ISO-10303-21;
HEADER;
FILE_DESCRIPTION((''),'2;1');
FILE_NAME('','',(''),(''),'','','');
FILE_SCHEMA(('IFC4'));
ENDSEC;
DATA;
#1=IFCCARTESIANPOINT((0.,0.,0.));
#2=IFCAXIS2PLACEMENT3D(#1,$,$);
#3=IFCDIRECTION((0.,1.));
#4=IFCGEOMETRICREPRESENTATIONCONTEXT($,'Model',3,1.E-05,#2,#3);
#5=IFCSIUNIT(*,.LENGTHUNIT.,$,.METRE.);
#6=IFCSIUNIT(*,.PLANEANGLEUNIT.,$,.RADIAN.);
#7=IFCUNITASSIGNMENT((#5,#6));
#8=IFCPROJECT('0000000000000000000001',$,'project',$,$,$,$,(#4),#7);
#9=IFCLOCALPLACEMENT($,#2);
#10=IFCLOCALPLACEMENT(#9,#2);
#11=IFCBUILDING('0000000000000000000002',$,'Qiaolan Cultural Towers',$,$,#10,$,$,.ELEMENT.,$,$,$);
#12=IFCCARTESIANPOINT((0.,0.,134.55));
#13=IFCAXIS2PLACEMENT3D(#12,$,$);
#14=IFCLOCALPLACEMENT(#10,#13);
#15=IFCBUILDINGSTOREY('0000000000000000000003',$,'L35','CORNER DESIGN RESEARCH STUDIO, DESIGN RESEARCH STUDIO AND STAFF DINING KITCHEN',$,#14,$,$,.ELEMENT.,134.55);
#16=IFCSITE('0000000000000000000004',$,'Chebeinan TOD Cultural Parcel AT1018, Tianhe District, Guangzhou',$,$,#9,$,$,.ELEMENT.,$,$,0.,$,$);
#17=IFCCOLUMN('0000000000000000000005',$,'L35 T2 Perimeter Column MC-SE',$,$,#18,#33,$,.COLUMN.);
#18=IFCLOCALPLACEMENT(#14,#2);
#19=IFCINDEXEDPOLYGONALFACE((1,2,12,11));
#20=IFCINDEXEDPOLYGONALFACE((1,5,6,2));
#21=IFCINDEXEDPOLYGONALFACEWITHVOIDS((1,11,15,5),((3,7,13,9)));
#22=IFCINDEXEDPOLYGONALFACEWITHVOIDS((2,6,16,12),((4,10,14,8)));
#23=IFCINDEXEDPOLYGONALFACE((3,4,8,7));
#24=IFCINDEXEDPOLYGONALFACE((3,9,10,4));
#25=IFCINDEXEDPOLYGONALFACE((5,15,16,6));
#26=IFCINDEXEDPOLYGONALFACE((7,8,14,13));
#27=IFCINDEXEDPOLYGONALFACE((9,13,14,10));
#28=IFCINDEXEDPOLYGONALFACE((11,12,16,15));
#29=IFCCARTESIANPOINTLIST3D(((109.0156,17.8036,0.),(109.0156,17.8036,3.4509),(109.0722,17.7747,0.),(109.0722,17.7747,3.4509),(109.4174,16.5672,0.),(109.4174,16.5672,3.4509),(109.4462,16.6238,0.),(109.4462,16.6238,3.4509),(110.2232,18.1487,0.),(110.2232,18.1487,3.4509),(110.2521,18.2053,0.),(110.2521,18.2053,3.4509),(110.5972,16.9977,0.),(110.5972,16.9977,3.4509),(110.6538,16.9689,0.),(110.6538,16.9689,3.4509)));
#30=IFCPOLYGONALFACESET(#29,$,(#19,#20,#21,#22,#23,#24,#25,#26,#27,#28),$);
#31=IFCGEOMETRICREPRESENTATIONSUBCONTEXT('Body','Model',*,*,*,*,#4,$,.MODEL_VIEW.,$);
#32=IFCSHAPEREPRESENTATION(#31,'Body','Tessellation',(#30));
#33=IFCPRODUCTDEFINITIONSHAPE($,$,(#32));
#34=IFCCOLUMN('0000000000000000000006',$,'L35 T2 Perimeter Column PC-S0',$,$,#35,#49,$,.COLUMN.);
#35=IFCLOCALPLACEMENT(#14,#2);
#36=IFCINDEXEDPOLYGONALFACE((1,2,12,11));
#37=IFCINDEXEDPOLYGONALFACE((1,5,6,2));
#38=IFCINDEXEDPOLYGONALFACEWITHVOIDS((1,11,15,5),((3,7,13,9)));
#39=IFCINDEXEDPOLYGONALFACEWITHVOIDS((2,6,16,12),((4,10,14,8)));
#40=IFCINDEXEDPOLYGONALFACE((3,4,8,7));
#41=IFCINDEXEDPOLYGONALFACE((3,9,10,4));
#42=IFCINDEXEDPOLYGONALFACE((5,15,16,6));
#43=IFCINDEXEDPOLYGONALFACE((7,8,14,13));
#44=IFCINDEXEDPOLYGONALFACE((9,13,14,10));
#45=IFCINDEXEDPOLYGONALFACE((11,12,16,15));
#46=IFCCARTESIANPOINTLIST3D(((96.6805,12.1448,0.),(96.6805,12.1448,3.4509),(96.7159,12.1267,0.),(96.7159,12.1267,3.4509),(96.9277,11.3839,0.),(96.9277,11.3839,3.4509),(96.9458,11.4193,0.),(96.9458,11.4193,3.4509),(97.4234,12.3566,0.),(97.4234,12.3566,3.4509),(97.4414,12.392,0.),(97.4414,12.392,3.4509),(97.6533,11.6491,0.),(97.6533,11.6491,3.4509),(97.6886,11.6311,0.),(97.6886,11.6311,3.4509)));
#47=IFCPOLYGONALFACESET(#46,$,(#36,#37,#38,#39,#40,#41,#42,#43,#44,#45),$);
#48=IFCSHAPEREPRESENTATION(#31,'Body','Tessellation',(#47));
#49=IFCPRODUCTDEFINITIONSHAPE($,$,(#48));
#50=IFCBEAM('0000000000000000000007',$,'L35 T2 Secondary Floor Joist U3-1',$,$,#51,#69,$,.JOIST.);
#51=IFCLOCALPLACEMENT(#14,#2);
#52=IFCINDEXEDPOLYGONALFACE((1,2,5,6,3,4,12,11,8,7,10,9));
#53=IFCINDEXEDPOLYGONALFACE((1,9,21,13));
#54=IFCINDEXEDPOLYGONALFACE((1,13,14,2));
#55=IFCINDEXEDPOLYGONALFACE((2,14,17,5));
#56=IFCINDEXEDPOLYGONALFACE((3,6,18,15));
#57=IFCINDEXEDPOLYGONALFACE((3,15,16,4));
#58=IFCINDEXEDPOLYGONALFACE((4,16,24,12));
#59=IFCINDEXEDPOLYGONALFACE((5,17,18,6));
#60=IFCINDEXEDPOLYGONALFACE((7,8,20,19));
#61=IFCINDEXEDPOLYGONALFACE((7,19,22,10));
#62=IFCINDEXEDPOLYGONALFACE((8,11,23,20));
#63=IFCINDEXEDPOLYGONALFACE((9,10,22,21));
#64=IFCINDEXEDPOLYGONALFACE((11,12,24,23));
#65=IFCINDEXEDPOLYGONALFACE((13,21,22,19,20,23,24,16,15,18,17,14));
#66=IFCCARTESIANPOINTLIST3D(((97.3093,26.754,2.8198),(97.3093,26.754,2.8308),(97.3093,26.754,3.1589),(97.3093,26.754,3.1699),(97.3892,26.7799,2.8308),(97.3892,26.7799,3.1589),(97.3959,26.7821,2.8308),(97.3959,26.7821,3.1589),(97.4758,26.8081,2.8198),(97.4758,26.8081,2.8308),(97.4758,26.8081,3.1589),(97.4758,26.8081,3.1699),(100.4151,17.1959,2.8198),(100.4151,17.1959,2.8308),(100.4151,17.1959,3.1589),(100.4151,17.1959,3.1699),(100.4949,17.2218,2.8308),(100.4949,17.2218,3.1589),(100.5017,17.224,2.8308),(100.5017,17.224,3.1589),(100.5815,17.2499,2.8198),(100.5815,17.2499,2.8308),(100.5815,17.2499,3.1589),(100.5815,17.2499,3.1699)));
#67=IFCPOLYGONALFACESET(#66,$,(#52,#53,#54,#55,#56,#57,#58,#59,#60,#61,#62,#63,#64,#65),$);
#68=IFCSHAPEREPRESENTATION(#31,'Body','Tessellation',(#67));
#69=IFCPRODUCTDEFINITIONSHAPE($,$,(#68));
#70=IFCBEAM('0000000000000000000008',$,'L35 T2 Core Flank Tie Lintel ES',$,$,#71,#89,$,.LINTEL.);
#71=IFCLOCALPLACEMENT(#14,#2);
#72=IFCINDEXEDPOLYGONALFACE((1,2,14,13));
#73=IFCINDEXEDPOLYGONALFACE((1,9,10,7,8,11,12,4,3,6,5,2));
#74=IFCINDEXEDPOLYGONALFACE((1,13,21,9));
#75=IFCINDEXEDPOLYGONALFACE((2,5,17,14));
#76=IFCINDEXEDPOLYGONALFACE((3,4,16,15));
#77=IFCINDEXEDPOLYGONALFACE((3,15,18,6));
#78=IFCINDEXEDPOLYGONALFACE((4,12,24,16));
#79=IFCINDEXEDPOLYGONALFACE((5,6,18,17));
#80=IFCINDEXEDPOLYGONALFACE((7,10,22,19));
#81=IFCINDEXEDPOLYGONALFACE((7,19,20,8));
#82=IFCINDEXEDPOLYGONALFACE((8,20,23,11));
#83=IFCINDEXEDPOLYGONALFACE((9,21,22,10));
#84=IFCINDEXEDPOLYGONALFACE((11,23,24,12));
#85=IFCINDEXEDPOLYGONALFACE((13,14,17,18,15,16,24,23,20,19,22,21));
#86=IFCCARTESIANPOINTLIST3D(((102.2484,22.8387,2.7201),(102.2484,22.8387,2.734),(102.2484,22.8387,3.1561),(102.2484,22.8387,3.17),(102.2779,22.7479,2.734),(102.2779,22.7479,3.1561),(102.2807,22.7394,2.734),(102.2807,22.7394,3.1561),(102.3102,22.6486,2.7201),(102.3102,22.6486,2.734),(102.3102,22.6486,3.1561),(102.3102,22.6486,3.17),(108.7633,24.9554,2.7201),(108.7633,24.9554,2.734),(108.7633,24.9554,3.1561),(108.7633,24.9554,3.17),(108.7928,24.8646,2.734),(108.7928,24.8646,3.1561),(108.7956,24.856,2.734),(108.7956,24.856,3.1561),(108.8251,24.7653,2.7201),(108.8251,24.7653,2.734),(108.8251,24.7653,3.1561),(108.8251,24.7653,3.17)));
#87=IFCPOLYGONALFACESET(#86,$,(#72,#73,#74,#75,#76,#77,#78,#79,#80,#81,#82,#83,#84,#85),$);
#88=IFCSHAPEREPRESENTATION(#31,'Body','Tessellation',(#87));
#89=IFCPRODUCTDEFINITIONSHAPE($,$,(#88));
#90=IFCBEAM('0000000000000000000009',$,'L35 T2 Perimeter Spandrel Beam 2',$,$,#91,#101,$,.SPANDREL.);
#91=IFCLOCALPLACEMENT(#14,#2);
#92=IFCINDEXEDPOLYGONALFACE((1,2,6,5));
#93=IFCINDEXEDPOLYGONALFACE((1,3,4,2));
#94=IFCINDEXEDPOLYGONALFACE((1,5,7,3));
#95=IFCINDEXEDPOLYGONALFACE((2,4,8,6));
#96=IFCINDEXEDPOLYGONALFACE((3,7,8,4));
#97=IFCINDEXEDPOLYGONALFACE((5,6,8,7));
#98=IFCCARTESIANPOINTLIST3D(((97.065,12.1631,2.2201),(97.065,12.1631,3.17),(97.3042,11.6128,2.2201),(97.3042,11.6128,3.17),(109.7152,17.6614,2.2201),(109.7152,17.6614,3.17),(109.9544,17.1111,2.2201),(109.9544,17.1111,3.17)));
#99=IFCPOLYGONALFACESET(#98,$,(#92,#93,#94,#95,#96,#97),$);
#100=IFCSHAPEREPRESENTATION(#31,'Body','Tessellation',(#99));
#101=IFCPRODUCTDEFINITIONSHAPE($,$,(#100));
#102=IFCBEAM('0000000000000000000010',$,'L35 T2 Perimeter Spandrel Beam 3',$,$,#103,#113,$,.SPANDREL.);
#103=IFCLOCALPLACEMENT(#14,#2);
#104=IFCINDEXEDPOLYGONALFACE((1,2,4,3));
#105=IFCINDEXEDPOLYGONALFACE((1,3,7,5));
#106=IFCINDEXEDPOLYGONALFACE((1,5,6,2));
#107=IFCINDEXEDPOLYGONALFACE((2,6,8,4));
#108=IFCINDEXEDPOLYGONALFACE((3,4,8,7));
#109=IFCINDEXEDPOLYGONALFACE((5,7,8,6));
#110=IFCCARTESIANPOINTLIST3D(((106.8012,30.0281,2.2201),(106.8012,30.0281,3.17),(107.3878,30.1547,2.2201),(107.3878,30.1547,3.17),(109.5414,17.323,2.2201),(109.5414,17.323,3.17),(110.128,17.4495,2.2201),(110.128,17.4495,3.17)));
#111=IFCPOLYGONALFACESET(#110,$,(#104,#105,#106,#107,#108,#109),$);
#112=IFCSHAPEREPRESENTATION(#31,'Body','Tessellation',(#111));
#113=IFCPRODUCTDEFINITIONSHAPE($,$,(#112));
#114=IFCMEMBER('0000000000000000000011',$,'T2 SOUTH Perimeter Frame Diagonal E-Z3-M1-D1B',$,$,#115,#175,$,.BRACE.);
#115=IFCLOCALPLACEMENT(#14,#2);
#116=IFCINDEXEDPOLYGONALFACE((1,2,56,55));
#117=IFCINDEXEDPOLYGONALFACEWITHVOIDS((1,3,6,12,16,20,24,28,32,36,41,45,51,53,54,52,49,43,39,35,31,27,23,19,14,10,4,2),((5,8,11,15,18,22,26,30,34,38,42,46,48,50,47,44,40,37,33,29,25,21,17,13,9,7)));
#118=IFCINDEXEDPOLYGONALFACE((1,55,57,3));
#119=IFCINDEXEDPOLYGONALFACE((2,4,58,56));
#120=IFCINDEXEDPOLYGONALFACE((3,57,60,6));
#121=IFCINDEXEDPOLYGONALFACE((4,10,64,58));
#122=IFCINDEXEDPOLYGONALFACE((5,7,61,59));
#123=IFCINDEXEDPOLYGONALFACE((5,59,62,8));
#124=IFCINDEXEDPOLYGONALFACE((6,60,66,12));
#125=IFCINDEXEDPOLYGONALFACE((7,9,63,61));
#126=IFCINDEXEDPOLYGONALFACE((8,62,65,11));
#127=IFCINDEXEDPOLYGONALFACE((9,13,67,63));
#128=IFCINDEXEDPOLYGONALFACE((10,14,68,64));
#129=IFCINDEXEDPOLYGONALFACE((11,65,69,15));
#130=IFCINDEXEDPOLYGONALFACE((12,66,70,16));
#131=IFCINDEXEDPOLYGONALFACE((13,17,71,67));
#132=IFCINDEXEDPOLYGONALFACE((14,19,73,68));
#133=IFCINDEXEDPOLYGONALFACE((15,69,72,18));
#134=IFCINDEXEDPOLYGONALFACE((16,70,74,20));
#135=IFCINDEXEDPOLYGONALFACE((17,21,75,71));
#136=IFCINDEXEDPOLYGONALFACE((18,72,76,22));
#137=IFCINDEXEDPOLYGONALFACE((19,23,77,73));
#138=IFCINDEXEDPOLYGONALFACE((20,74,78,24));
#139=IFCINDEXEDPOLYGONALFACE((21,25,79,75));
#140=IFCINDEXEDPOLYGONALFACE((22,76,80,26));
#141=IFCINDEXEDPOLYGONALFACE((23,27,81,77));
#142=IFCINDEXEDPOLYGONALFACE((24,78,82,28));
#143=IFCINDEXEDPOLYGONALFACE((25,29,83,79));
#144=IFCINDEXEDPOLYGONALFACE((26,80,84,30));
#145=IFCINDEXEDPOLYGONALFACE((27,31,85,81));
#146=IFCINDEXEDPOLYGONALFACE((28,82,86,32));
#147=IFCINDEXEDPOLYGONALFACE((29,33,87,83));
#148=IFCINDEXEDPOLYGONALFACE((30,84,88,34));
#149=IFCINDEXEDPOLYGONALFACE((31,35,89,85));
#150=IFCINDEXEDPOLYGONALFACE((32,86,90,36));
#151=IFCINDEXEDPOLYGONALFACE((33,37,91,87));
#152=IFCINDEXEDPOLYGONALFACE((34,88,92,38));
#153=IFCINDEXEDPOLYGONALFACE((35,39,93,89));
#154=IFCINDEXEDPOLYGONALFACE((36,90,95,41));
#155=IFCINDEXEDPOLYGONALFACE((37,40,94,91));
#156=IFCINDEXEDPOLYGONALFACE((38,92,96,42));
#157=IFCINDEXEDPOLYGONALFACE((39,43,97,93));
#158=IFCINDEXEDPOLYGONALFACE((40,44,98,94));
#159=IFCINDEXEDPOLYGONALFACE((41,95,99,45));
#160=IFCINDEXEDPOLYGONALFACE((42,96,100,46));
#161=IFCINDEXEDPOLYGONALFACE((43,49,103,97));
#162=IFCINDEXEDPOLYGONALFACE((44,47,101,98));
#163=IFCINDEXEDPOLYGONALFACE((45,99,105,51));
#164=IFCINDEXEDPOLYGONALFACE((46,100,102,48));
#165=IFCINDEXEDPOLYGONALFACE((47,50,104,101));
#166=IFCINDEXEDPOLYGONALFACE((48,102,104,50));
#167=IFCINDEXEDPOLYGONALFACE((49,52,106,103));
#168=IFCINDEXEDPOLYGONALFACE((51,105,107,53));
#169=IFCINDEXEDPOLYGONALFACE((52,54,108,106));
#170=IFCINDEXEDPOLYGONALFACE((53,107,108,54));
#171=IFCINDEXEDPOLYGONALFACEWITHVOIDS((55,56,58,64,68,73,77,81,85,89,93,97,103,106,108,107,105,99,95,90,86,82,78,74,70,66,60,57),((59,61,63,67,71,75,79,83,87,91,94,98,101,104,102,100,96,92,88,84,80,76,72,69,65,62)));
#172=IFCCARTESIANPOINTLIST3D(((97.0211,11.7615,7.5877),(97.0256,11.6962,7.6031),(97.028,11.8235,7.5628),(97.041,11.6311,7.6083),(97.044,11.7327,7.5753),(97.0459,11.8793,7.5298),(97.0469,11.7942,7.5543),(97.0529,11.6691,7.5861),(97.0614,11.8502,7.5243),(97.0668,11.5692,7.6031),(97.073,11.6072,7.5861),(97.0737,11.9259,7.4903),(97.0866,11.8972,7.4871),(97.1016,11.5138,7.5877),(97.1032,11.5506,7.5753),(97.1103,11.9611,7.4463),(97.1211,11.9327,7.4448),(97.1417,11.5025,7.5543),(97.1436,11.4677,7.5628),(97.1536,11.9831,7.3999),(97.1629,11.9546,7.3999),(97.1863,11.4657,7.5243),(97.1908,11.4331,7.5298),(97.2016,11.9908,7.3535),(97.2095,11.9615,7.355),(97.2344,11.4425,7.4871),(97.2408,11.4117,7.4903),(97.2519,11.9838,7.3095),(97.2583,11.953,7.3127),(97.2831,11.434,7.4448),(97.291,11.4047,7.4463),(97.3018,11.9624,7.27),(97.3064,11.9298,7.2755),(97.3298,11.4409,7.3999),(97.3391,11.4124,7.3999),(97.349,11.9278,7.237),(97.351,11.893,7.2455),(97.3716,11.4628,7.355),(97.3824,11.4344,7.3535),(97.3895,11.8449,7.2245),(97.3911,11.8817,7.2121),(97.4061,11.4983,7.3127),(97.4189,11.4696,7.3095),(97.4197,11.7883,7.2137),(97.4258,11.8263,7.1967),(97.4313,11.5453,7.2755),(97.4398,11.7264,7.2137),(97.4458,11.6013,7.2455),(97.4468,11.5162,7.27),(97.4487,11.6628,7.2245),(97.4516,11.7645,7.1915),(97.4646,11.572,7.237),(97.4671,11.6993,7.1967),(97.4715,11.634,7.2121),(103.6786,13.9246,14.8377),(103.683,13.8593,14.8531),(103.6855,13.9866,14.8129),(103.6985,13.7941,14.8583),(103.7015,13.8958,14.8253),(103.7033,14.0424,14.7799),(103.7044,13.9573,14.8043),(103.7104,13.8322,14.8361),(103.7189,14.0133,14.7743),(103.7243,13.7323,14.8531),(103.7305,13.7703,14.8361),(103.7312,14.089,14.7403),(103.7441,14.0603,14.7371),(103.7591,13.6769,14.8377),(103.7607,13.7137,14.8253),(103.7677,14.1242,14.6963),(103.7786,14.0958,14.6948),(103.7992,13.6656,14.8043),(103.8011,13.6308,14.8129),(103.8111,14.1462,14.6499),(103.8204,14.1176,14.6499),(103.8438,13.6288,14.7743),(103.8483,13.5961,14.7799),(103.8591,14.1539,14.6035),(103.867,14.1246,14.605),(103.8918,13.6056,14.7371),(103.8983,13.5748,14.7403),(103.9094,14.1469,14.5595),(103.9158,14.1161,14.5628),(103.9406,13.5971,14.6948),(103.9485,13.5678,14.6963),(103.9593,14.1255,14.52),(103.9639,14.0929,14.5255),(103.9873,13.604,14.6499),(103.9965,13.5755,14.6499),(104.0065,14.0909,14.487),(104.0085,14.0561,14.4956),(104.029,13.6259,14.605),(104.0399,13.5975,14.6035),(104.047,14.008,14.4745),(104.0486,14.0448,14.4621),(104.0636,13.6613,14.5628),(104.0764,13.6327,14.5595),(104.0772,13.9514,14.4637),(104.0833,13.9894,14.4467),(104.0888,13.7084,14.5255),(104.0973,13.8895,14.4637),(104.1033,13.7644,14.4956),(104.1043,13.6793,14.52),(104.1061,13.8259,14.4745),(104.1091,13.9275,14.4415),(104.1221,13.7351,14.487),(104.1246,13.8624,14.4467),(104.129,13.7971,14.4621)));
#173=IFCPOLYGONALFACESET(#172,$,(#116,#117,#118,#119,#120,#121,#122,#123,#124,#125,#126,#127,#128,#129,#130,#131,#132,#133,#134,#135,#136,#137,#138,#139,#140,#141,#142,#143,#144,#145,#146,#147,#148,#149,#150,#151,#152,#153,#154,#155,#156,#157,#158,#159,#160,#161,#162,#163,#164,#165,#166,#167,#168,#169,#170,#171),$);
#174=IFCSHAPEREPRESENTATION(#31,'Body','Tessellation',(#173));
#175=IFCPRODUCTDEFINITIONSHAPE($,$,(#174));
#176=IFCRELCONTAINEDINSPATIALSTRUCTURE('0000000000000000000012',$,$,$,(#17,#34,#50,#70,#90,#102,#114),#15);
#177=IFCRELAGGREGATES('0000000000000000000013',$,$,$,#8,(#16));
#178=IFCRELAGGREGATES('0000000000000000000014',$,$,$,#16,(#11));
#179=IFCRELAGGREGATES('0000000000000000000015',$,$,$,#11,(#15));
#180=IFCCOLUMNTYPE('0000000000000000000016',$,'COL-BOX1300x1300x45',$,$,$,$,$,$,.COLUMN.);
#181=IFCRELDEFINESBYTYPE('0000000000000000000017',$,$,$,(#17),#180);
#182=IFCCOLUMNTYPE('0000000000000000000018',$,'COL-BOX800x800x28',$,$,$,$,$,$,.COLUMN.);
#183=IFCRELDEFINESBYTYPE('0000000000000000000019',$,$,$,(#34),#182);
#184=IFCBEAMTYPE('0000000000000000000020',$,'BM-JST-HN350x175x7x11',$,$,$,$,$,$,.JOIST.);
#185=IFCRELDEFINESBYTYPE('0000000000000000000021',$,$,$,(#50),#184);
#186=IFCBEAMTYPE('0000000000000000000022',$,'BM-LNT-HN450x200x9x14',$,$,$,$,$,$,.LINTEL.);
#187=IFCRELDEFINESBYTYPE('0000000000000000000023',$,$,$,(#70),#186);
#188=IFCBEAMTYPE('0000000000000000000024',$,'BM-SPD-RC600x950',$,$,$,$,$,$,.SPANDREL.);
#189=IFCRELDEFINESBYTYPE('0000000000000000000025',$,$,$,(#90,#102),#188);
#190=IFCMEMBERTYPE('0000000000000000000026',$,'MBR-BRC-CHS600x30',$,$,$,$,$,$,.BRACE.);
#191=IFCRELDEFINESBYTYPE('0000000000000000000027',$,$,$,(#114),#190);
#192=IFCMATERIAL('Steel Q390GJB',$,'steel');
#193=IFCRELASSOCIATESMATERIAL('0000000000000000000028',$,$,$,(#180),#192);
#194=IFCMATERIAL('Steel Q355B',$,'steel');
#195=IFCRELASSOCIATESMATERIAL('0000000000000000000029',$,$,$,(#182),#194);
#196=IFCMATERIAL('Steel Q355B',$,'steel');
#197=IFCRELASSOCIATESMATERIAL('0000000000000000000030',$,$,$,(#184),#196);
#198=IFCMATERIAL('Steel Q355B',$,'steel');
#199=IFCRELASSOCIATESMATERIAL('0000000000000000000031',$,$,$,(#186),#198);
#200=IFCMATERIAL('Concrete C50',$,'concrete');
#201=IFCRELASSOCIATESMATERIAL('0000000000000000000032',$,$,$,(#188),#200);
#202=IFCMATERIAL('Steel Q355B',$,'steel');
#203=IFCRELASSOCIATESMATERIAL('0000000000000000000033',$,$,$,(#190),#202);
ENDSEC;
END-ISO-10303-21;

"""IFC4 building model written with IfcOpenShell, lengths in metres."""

from ifc_helpers import new_model, si_unit, direction, frame, origin, origin_2d, place, context, subcontext, project, spatial, rectangle, hollow_rectangle, hollow_circle, i_section, extrude, material, material_profile, profile_set, type_object, element, save


model = new_model("IFC4")

# Units and contexts
model_context = context("Model", 3, precision=1e-05, world=origin(), true_north=direction((0.0, 1.0)))
body_context = subcontext(model_context, "Body", "Model", "MODEL_VIEW")
ifc_project = project(units=[si_unit("LENGTHUNIT", "METRE"), si_unit("PLANEANGLEUNIT", "RADIAN")], contexts=[model_context])

# Site, building, storey
site_placement = place(None, origin())
site = spatial("IfcSite", under=ifc_project, at=site_placement, Name="Chebeinan TOD Cultural Parcel AT1018, Tianhe District, Guangzhou", CompositionType="ELEMENT", RefElevation=0.0)
building_placement = place(site_placement, origin())
building = spatial("IfcBuilding", under=site, at=building_placement, Name="Qiaolan Cultural Towers", CompositionType="ELEMENT")
storey_placement = place(building_placement, frame((0.0, 0.0, 134.55)))
storey = spatial("IfcBuildingStorey", under=building, at=storey_placement, Name="L35", Description="CORNER DESIGN RESEARCH STUDIO, DESIGN RESEARCH STUDIO AND STAFF DINING KITCHEN", CompositionType="ELEMENT", Elevation=134.55)

# Columns
ifc_material_1 = material(Name="Steel Q390GJB", Category="steel")
ifc_material_profile_1 = material_profile(ifc_material_1, hollow_rectangle(XDim=1.3, YDim=1.3, WallThickness=0.0449, at=origin_2d()), Name="BOX1300x1300x45")
ifc_profile_set_1 = profile_set([ifc_material_profile_1], Name="Steel Q390GJB")
column_type_1 = type_object("IfcColumnType", Name="COL-BOX1300x1300x45", PredefinedType="COLUMN", material=ifc_profile_set_1)
column_1_placement = place(storey_placement, frame((109.8347, 17.3862, 0.0), z_axis=(0.0, 0.0, 1.0), x_axis=(0.951057, 0.309017, 0.0)))
element("IfcColumn", 1, at=column_1_placement, inside=storey, type_object=column_type_1, Name="L35 T2 Perimeter Column MC-SE", PredefinedType="COLUMN", context=body_context, shape_type="SweptSolid", body=[
    extrude(hollow_rectangle(XDim=1.3, YDim=1.3, WallThickness=0.0449, at=origin_2d()), origin(), (0.0, 0.0, 1.0), 3.4509),
])
ifc_material_2 = material(Name="Steel Q355B", Category="steel")
ifc_material_profile_2 = material_profile(ifc_material_2, hollow_rectangle(XDim=0.8, YDim=0.8, WallThickness=0.0281, at=origin_2d()), Name="BOX800x800x28")
ifc_profile_set_2 = profile_set([ifc_material_profile_2], Name="Steel Q355B")
column_type_2 = type_object("IfcColumnType", Name="COL-BOX800x800x28", PredefinedType="COLUMN", material=ifc_profile_set_2)
column_2_placement = place(storey_placement, frame((97.1846, 11.8879, 0.0), z_axis=(0.0, 0.0, 1.0), x_axis=(0.951057, 0.309017, 0.0)))
element("IfcColumn", 2, at=column_2_placement, inside=storey, type_object=column_type_2, Name="L35 T2 Perimeter Column PC-S0", PredefinedType="COLUMN", context=body_context, shape_type="SweptSolid", body=[
    extrude(hollow_rectangle(XDim=0.8, YDim=0.8, WallThickness=0.0281, at=origin_2d()), origin(), (0.0, 0.0, 1.0), 3.4509),
])

# Beams
ifc_material_3 = material(Name="Steel Q355B", Category="steel")
ifc_material_profile_3 = material_profile(ifc_material_3, i_section(OverallWidth=0.175, OverallDepth=0.3501, WebThickness=0.0071, FlangeThickness=0.011, at=origin_2d()), Name="HN350x175x7x11")
ifc_profile_set_3 = profile_set([ifc_material_profile_3], Name="Steel Q355B")
beam_type_1 = type_object("IfcBeamType", Name="BM-JST-HN350x175x7x11", PredefinedType="JOIST", material=ifc_profile_set_3)
beam_1_placement = place(storey_placement, frame((100.4983, 17.2229, 2.9949), z_axis=(-0.309026, 0.951054, 0.0), x_axis=(-0.951054, -0.309026, 0.0)))
element("IfcBeam", 3, at=beam_1_placement, inside=storey, type_object=beam_type_1, Name="L35 T2 Secondary Floor Joist U3-1", PredefinedType="JOIST", context=body_context, shape_type="SweptSolid", body=[
    extrude(i_section(OverallWidth=0.175, OverallDepth=0.3501, WebThickness=0.0071, FlangeThickness=0.011, at=origin_2d()), origin(), (0.0, 0.0, 1.0), 10.05),
])
ifc_material_4 = material(Name="Steel Q355B", Category="steel")
ifc_material_profile_4 = material_profile(ifc_material_4, i_section(OverallWidth=0.2, OverallDepth=0.45, WebThickness=0.009, FlangeThickness=0.0139, at=origin_2d()), Name="HN450x200x9x14")
ifc_profile_set_4 = profile_set([ifc_material_profile_4], Name="Steel Q355B")
beam_type_2 = type_object("IfcBeamType", Name="BM-LNT-HN450x200x9x14", PredefinedType="LINTEL", material=ifc_profile_set_4)
beam_2_placement = place(storey_placement, frame((102.2793, 22.7437, 2.9451), z_axis=(0.951062, 0.309001, 0.0), x_axis=(-0.309001, 0.951062, 0.0)))
element("IfcBeam", 4, at=beam_2_placement, inside=storey, type_object=beam_type_2, Name="L35 T2 Core Flank Tie Lintel ES", PredefinedType="LINTEL", context=body_context, shape_type="SweptSolid", body=[
    extrude(i_section(OverallWidth=0.2, OverallDepth=0.45, WebThickness=0.009, FlangeThickness=0.0139, at=origin_2d()), origin(), (0.0, 0.0, 1.0), 6.8501),
])
ifc_material_5 = material(Name="Concrete C50", Category="concrete")
ifc_material_profile_5 = material_profile(ifc_material_5, rectangle(XDim=0.6001, YDim=0.95, at=origin_2d()), Name="RC600x950")
ifc_profile_set_5 = profile_set([ifc_material_profile_5], Name="Concrete C50")
beam_type_3 = type_object("IfcBeamType", Name="BM-SPD-RC600x950", PredefinedType="SPANDREL", material=ifc_profile_set_5)
beam_3_placement = place(storey_placement, frame((97.1846, 11.8879, 2.6951), z_axis=(0.917117, 0.398618, 0.0), x_axis=(-0.398618, 0.917117, 0.0)))
element("IfcBeam", 5, at=beam_3_placement, inside=storey, type_object=beam_type_3, Name="L35 T2 Perimeter Spandrel Beam 2", PredefinedType="SPANDREL", context=body_context, shape_type="SweptSolid", body=[
    extrude(rectangle(XDim=0.6001, YDim=0.95, at=origin_2d()), origin(), (0.0, 0.0, 1.0), 13.7935),
])
beam_4_placement = place(storey_placement, frame((109.8347, 17.3862, 2.6951), z_axis=(-0.210832, 0.977522, 0.0), x_axis=(-0.977522, -0.210832, 0.0)))
element("IfcBeam", 6, at=beam_4_placement, inside=storey, type_object=beam_type_3, Name="L35 T2 Perimeter Spandrel Beam 3", PredefinedType="SPANDREL", context=body_context, shape_type="SweptSolid", body=[
    extrude(rectangle(XDim=0.6001, YDim=0.95, at=origin_2d()), origin(), (0.0, 0.0, 1.0), 12.9973),
])

# Member
ifc_material_6 = material(Name="Steel Q355B", Category="steel")
ifc_material_profile_6 = material_profile(ifc_material_6, hollow_circle(Radius=0.3, WallThickness=0.03, at=origin_2d()), Name="CHS600x30")
ifc_profile_set_6 = profile_set([ifc_material_profile_6], Name="Steel Q355B")
member_type = type_object("IfcMemberType", Name="MBR-BRC-CHS600x30", PredefinedType="BRACE", material=ifc_profile_set_6)
for number, where, z_axis, x_axis, name in (
    (7, (97.2463, 11.6978, 7.3999), (0.660603, 0.214637, 0.719398), (-0.30901, 0.951059, 0.0), "T2 SOUTH Perimeter Frame Diagonal E-Z3-M1-D1B"),
):
    element("IfcMember", number, at=place(storey_placement, frame(where, z_axis=z_axis, x_axis=x_axis)), inside=storey, type_object=member_type, Name=name, PredefinedType="BRACE", context=body_context, shape_type="SweptSolid", body=[
        extrude(hollow_circle(Radius=0.3, WallThickness=0.03, at=origin_2d()), origin(), (0.0, 0.0, 1.0), 10.0779),
    ])

save(model, "model.ifc")
